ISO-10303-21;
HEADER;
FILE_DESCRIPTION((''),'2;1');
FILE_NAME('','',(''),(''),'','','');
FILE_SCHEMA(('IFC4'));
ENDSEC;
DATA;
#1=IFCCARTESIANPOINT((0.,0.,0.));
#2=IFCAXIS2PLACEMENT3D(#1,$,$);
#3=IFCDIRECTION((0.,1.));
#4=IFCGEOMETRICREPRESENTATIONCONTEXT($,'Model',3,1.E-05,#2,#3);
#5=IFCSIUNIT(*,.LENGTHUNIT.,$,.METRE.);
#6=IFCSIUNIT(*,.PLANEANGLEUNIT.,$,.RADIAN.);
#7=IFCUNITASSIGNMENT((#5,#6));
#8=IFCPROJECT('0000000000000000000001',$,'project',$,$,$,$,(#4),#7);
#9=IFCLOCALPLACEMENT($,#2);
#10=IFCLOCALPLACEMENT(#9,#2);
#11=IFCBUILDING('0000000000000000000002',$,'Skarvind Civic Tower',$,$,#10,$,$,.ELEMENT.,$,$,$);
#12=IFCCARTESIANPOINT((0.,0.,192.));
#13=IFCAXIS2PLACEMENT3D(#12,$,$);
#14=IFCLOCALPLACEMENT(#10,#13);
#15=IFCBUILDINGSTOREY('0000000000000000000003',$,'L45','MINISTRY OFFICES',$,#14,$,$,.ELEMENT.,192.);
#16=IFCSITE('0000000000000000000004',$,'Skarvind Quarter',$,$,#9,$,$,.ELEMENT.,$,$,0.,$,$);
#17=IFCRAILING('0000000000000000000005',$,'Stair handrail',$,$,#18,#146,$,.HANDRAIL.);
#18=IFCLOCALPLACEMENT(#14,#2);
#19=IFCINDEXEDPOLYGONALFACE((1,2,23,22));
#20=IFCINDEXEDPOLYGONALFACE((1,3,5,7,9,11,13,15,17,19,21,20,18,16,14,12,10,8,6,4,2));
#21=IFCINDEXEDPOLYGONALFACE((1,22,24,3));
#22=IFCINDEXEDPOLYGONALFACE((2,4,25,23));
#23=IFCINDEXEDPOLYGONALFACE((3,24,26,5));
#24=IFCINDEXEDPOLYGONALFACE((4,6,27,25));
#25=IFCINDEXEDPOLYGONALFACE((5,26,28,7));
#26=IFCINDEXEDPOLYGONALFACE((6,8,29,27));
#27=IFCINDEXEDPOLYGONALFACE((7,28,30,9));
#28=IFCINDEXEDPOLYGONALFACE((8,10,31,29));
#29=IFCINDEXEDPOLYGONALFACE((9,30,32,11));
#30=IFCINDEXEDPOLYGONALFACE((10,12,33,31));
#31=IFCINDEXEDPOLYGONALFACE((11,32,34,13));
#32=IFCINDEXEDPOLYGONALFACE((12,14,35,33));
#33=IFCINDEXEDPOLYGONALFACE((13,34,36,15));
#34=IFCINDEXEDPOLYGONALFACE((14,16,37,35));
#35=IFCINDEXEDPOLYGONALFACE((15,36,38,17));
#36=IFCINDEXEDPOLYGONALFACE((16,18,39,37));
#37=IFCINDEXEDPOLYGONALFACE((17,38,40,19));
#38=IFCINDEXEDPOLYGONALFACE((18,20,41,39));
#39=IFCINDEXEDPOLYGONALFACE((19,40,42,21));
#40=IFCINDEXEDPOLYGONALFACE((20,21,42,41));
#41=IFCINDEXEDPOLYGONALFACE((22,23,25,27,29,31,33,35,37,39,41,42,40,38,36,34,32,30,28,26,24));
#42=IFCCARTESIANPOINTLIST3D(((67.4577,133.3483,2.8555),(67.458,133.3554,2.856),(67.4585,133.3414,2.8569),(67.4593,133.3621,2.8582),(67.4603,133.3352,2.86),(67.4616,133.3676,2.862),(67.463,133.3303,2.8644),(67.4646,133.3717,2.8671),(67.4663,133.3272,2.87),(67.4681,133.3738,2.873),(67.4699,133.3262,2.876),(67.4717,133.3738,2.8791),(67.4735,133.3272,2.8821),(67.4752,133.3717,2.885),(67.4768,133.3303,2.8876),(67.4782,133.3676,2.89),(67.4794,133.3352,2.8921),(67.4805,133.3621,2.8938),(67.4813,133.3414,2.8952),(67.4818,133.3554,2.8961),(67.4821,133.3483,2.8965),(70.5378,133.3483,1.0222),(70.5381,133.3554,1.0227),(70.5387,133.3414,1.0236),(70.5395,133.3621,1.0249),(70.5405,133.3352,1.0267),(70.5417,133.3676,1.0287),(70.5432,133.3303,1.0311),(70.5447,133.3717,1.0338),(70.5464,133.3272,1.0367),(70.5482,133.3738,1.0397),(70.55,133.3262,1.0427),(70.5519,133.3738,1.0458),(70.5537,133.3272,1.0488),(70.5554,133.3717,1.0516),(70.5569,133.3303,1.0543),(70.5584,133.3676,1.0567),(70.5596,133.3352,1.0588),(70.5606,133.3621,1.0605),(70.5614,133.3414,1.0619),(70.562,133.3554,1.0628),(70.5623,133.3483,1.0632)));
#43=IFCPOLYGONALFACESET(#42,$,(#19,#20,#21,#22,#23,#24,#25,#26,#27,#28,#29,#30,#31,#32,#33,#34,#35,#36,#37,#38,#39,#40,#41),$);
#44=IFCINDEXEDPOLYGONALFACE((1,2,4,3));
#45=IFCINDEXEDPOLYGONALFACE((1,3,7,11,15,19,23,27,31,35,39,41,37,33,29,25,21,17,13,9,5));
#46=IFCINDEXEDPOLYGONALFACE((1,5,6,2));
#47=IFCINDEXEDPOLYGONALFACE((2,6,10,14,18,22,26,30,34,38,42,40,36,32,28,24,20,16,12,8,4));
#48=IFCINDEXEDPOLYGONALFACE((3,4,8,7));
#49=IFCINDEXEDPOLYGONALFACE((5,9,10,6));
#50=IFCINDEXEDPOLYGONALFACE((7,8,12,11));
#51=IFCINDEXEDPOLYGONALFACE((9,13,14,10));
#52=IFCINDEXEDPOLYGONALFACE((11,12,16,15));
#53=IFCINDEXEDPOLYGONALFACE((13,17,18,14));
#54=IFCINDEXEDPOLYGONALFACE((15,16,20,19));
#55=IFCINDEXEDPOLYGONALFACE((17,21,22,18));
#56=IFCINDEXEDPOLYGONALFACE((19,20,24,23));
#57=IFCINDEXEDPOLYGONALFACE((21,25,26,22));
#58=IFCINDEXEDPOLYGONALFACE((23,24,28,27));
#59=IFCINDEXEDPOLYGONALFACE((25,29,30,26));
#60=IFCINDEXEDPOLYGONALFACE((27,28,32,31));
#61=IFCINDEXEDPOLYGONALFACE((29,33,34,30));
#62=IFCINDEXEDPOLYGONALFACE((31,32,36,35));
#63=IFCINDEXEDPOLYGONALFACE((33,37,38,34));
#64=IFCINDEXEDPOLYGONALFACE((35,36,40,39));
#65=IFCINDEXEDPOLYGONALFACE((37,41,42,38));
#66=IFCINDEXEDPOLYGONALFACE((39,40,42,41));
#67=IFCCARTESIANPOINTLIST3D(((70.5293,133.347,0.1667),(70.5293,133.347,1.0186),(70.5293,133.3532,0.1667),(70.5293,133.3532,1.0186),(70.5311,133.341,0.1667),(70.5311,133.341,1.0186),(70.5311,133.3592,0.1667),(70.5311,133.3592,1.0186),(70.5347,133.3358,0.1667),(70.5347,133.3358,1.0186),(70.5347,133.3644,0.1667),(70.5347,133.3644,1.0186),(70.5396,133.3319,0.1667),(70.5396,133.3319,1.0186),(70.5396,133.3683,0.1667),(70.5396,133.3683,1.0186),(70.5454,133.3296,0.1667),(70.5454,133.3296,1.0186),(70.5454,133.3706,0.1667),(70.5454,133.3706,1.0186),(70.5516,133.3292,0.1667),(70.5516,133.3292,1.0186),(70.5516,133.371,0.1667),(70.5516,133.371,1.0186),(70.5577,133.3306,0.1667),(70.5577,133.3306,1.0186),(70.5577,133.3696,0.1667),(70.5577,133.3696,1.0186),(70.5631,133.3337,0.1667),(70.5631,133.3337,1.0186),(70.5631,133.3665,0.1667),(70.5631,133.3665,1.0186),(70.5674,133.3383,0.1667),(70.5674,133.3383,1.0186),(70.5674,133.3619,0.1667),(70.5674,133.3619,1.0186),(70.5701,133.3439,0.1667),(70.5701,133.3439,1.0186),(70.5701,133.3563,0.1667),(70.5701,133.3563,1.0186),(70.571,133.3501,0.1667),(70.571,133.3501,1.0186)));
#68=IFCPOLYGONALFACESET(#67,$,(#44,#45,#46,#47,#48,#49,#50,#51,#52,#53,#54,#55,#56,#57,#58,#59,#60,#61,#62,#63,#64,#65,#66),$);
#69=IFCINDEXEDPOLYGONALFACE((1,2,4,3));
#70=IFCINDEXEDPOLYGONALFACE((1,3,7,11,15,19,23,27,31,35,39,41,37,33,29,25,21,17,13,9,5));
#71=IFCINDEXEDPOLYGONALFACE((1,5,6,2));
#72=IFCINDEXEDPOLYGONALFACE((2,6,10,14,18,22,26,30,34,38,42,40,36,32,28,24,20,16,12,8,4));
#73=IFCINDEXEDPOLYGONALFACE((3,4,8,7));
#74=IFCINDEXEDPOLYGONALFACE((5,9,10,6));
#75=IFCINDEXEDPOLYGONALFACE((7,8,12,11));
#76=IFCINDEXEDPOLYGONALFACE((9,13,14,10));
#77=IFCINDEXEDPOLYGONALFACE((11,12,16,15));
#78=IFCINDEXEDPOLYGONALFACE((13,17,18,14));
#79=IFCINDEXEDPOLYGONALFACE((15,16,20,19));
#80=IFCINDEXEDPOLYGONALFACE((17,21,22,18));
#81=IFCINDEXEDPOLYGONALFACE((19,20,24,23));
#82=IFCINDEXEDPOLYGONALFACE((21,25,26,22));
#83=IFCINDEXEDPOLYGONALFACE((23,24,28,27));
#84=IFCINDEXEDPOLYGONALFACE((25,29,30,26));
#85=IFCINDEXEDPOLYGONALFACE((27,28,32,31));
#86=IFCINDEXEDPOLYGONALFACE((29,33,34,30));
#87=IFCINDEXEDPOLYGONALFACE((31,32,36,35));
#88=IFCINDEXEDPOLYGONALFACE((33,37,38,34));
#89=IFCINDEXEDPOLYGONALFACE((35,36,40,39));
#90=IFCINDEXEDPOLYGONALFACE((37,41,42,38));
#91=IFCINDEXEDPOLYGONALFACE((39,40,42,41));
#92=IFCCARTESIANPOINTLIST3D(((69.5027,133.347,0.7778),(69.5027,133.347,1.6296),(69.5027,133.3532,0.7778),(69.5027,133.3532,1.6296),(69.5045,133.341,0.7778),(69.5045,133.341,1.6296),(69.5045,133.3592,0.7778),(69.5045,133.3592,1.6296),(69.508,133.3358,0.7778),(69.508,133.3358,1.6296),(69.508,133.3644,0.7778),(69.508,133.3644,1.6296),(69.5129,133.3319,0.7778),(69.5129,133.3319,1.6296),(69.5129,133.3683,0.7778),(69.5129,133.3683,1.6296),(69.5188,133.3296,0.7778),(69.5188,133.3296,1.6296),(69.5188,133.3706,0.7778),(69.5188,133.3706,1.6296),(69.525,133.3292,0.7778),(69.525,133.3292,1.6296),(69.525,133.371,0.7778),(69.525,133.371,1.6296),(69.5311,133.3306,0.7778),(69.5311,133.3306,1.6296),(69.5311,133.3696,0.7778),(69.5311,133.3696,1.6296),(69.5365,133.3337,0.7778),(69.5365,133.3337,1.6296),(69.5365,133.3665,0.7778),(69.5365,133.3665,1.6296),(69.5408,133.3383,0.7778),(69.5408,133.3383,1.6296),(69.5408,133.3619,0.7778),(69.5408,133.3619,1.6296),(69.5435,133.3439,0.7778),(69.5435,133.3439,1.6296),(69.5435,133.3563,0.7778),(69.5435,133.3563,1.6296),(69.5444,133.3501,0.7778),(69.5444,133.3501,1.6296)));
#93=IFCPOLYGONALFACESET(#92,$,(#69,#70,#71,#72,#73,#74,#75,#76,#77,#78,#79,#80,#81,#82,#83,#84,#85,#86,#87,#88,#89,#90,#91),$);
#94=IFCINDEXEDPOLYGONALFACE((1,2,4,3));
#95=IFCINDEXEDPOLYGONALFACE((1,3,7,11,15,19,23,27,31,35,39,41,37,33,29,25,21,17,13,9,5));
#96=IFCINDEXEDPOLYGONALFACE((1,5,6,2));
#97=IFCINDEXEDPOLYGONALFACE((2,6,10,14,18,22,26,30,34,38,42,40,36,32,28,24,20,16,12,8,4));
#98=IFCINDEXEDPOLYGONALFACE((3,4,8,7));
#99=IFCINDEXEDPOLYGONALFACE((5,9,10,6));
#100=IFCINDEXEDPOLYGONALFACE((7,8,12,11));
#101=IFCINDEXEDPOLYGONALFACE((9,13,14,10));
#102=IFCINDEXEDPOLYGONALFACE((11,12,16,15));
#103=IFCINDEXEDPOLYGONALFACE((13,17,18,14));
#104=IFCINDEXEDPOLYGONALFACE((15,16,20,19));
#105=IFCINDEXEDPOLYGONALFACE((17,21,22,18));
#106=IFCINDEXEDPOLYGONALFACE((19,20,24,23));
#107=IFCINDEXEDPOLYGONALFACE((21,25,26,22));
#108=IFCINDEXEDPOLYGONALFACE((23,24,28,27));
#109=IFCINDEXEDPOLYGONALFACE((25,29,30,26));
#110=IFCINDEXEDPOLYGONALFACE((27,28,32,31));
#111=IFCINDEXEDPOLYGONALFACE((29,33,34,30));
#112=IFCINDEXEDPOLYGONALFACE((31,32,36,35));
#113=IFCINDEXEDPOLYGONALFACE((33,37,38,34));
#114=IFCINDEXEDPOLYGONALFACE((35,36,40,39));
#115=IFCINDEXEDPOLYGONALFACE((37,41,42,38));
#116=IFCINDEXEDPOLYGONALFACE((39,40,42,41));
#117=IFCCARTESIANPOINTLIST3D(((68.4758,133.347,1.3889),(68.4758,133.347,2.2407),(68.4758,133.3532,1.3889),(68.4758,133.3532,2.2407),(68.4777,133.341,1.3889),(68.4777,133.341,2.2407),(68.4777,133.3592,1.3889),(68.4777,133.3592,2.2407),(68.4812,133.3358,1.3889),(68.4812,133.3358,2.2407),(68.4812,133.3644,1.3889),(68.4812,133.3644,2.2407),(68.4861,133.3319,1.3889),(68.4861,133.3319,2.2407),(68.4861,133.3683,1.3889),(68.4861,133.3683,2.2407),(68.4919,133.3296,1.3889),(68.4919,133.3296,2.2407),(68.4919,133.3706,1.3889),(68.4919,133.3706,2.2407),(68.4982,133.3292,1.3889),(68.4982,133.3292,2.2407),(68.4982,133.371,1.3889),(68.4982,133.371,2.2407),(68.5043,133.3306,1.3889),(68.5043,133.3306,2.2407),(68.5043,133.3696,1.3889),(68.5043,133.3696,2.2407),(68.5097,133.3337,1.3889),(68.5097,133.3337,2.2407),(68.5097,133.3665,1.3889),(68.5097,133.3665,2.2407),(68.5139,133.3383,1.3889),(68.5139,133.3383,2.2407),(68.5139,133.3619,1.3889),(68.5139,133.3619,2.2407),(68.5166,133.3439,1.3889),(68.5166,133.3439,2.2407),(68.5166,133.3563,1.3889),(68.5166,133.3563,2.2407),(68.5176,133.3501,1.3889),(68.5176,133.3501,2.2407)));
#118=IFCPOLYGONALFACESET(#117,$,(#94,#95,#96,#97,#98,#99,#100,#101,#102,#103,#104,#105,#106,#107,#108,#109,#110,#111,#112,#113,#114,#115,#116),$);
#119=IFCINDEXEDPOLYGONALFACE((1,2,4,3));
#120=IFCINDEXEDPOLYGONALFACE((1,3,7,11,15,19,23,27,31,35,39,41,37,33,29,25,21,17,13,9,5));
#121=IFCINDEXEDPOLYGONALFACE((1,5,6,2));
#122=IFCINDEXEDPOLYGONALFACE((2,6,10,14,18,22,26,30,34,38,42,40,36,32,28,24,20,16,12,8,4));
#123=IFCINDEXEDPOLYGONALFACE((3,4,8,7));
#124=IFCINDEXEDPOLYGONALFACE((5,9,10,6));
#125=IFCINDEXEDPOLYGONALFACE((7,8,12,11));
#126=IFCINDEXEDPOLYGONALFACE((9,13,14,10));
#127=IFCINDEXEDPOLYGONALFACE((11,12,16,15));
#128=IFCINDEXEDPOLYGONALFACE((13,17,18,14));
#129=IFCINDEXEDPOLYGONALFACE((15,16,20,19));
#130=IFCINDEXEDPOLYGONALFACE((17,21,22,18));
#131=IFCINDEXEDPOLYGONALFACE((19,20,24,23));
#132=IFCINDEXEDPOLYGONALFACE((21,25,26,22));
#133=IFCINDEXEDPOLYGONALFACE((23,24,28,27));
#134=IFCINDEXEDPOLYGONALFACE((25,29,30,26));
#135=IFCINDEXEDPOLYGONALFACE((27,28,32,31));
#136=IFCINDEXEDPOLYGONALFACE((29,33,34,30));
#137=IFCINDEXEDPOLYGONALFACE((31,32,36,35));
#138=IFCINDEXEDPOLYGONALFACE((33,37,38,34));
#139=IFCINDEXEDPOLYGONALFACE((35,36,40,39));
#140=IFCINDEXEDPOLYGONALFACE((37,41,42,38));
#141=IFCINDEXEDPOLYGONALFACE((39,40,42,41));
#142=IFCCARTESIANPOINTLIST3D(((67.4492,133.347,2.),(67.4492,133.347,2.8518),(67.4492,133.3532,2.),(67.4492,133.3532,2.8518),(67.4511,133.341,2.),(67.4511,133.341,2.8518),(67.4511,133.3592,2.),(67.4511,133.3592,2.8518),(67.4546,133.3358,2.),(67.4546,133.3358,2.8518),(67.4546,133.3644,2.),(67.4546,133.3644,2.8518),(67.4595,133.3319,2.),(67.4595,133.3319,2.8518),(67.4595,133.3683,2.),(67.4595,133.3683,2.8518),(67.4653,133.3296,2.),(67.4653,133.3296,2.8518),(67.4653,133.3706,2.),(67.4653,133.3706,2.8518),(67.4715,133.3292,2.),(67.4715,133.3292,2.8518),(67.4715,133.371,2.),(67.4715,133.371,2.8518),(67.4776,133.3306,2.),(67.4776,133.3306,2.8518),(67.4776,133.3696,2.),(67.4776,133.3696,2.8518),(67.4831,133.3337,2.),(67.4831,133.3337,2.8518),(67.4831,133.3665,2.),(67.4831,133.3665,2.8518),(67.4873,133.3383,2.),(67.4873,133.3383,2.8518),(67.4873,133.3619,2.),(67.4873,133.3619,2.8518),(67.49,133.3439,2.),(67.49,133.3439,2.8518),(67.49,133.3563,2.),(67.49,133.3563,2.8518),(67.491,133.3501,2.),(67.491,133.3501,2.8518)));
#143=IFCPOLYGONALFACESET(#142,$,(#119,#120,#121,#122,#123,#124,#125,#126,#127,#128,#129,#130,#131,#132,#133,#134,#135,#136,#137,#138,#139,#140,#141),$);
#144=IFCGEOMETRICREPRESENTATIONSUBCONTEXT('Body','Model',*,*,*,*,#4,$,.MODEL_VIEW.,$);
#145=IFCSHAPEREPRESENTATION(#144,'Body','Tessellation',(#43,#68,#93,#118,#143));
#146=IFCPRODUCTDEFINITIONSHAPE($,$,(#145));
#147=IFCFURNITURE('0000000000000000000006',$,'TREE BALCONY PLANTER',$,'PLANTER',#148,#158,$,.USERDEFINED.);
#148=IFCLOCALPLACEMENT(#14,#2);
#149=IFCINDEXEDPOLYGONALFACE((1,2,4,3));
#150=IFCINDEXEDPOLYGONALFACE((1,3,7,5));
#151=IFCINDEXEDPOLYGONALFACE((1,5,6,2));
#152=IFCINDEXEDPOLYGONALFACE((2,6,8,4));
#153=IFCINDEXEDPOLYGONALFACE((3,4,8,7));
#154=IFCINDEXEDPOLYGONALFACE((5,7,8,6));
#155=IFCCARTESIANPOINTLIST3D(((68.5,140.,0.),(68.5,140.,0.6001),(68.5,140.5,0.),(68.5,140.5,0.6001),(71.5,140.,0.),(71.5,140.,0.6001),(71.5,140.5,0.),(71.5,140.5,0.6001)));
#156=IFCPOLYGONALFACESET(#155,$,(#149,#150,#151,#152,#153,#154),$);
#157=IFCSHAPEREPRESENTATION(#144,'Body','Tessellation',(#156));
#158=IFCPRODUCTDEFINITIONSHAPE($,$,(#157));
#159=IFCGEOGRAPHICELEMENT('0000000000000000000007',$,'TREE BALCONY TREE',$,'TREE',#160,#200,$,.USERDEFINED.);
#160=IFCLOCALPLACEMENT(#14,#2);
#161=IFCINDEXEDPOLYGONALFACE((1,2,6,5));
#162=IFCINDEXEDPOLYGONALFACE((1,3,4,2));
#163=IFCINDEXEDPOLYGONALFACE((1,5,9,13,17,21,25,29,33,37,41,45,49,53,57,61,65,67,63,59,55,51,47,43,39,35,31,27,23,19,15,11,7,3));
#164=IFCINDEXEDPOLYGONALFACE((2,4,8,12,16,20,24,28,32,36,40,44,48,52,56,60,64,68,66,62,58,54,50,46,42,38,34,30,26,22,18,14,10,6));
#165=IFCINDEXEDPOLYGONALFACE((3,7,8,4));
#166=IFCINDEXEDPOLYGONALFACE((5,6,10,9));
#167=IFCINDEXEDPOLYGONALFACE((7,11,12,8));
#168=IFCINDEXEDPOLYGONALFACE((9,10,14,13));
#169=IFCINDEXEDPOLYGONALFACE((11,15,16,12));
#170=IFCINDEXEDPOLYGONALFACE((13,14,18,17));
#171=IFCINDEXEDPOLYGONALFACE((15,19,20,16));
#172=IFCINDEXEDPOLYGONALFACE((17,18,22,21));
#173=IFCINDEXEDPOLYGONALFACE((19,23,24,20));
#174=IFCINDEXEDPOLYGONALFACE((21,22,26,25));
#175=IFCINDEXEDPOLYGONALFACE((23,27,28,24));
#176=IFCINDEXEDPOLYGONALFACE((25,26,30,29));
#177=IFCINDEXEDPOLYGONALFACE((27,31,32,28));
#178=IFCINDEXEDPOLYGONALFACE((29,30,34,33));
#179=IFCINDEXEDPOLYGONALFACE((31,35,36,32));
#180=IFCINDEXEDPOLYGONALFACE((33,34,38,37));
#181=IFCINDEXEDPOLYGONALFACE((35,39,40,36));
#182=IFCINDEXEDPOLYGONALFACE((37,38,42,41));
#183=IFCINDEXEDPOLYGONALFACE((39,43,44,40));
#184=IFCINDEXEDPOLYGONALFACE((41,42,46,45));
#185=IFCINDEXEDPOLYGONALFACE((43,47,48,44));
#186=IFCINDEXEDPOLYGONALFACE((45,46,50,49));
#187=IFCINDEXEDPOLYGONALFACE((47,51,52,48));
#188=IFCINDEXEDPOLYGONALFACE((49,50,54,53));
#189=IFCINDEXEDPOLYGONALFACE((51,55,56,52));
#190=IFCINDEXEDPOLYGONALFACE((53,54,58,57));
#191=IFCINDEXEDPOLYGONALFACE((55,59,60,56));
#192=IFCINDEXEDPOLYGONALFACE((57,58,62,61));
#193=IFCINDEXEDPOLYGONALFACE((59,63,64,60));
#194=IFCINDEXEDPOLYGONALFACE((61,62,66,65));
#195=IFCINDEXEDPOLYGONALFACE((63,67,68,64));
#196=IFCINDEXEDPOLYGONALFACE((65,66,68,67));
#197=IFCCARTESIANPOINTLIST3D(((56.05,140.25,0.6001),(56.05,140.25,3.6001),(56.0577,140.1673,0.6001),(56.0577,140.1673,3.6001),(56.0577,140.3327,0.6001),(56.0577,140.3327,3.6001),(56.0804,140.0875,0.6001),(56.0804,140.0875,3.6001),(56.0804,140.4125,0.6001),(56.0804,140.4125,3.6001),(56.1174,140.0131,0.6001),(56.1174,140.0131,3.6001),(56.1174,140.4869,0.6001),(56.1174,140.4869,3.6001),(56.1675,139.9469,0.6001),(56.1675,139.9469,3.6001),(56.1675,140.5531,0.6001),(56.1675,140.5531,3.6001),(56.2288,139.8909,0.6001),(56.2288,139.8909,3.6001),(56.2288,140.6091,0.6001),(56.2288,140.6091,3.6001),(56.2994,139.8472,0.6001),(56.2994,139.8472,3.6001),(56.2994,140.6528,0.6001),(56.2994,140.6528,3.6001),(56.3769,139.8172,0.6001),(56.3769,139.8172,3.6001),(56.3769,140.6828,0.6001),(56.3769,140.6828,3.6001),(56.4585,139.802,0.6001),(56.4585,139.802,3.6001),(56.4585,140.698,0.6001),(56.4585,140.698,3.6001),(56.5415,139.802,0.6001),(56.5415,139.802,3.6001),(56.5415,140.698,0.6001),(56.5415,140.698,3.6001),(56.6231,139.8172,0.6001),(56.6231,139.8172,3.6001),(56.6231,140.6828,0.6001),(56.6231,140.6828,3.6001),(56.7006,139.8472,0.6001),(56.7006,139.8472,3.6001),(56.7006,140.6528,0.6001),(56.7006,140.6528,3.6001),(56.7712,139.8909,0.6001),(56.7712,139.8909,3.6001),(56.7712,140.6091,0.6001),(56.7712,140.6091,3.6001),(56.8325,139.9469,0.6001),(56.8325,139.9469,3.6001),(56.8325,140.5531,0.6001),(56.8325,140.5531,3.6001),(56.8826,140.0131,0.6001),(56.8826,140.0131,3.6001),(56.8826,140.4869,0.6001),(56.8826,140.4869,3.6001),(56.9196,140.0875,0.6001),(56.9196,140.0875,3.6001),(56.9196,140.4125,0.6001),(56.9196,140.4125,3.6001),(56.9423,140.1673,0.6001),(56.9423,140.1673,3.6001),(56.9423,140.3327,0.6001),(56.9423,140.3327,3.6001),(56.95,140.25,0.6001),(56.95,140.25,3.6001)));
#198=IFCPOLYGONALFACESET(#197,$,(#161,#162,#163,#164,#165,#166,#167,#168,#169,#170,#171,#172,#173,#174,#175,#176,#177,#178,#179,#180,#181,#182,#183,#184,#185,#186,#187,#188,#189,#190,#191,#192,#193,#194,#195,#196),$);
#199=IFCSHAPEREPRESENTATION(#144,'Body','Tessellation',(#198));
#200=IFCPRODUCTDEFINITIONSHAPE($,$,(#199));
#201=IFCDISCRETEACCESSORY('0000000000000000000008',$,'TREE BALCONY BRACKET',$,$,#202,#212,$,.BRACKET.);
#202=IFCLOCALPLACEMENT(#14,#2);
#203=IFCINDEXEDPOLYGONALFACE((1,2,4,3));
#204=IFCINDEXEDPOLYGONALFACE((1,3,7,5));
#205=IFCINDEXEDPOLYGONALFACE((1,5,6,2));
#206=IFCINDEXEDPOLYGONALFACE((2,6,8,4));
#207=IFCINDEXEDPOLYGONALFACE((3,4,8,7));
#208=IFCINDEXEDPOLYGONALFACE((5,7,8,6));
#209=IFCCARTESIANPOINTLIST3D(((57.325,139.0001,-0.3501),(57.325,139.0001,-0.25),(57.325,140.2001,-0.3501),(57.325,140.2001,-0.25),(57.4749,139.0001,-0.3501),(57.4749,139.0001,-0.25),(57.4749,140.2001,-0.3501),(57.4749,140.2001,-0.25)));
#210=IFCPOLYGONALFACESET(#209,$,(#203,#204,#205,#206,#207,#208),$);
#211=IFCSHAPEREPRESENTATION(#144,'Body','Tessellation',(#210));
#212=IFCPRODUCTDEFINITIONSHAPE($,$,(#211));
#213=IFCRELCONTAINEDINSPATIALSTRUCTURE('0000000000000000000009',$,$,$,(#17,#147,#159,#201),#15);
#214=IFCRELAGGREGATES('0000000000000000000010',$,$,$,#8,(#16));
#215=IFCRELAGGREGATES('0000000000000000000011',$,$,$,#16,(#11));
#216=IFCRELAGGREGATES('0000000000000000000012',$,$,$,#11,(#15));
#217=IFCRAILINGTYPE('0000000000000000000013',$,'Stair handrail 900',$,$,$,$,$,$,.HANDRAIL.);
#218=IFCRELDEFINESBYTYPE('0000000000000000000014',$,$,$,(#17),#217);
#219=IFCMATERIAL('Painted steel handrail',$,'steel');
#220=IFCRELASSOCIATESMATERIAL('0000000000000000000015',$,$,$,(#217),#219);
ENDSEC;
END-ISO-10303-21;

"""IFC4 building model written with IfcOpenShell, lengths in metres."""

from ifc_helpers import new_model, si_unit, direction, frame, origin, origin_2d, place, context, subcontext, project, spatial, rectangle, circle, extrude, material, type_object, element, save


model = new_model("IFC4")

# Units and contexts
model_context = context("Model", 3, precision=1e-05, world=origin(), true_north=direction((0.0, 1.0)))
body_context = subcontext(model_context, "Body", "Model", "MODEL_VIEW")
ifc_project = project(units=[si_unit("LENGTHUNIT", "METRE"), si_unit("PLANEANGLEUNIT", "RADIAN")], contexts=[model_context])

# Site, building, storey
site_placement = place(None, origin())
site = spatial("IfcSite", under=ifc_project, at=site_placement, Name="Skarvind Quarter", CompositionType="ELEMENT", RefElevation=0.0)
building_placement = place(site_placement, origin())
building = spatial("IfcBuilding", under=site, at=building_placement, Name="Skarvind Civic Tower", CompositionType="ELEMENT")
storey_placement = place(building_placement, frame((0.0, 0.0, 192.0)))
storey = spatial("IfcBuildingStorey", under=building, at=storey_placement, Name="L45", Description="MINISTRY OFFICES", CompositionType="ELEMENT", Elevation=192.0)

# Railing
ifc_material_1 = material(Name="Painted steel handrail", Category="steel")
railing_type_1 = type_object("IfcRailingType", Name="Stair handrail 900", PredefinedType="HANDRAIL", material=ifc_material_1)
railing_1_placement = place(storey_placement, frame((70.55, 133.3501, 0.1667)))
element("IfcRailing", 1, at=railing_1_placement, inside=storey, type_object=railing_type_1, Name="Stair handrail", PredefinedType="HANDRAIL", context=body_context, shape_type="SweptSolid", body=[
    extrude(circle(Radius=0.0239, at=origin_2d()), frame((0.0, 0.0, 0.876), z_axis=(-0.859309, 0.0, 0.511458), x_axis=(0.0, -1.0, 0.0)), (0.0, 0.0, 1.0), 3.5845),
    extrude(circle(Radius=0.021, at=origin_2d()), origin(), (0.0, 0.0, 1.0), 0.8518),
    extrude(circle(Radius=0.021, at=origin_2d()), frame((-1.0266, 0.0, 0.6111)), (0.0, 0.0, 1.0), 0.8518),
    extrude(circle(Radius=0.021, at=origin_2d()), frame((-2.0535, 0.0, 1.2222)), (0.0, 0.0, 1.0), 0.8518),
    extrude(circle(Radius=0.021, at=origin_2d()), frame((-3.0801, 0.0, 1.8333)), (0.0, 0.0, 1.0), 0.8518),
])

# Furniture
furniture_placement = place(storey_placement, frame((70.0, 140.25, 0.0), z_axis=(0.0, 0.0, 1.0), x_axis=(1.0, 0.0, 0.0)))
element("IfcFurniture", 2, at=furniture_placement, inside=storey, Name="TREE BALCONY PLANTER", ObjectType="PLANTER", PredefinedType="USERDEFINED", context=body_context, shape_type="SweptSolid", body=[
    extrude(rectangle(XDim=3.0, YDim=0.5, at=origin_2d()), origin(), (0.0, 0.0, 1.0), 0.6001),
])

# Geographic element
geographic_element_1_placement = place(storey_placement, frame((56.5, 140.25, 0.6001), z_axis=(0.0, 0.0, 1.0), x_axis=(1.0, 0.0, 0.0)))
element("IfcGeographicElement", 3, at=geographic_element_1_placement, inside=storey, Name="TREE BALCONY TREE", ObjectType="TREE", PredefinedType="USERDEFINED", context=body_context, shape_type="SweptSolid", body=[
    extrude(circle(Radius=0.45, at=origin_2d()), origin(), (0.0, 0.0, 1.0), 3.0),
])

# Discrete accessory
discrete_accessory_placement = place(storey_placement, frame((57.3999, 139.6001, -0.3501), z_axis=(0.0, 0.0, 1.0), x_axis=(1.0, 0.0, 0.0)))
element("IfcDiscreteAccessory", 4, at=discrete_accessory_placement, inside=storey, Name="TREE BALCONY BRACKET", PredefinedType="BRACKET", context=body_context, shape_type="SweptSolid", body=[
    extrude(rectangle(XDim=0.1499, YDim=1.2, at=origin_2d()), origin(), (0.0, 0.0, 1.0), 0.1001),
])

save(model, "model.ifc")
